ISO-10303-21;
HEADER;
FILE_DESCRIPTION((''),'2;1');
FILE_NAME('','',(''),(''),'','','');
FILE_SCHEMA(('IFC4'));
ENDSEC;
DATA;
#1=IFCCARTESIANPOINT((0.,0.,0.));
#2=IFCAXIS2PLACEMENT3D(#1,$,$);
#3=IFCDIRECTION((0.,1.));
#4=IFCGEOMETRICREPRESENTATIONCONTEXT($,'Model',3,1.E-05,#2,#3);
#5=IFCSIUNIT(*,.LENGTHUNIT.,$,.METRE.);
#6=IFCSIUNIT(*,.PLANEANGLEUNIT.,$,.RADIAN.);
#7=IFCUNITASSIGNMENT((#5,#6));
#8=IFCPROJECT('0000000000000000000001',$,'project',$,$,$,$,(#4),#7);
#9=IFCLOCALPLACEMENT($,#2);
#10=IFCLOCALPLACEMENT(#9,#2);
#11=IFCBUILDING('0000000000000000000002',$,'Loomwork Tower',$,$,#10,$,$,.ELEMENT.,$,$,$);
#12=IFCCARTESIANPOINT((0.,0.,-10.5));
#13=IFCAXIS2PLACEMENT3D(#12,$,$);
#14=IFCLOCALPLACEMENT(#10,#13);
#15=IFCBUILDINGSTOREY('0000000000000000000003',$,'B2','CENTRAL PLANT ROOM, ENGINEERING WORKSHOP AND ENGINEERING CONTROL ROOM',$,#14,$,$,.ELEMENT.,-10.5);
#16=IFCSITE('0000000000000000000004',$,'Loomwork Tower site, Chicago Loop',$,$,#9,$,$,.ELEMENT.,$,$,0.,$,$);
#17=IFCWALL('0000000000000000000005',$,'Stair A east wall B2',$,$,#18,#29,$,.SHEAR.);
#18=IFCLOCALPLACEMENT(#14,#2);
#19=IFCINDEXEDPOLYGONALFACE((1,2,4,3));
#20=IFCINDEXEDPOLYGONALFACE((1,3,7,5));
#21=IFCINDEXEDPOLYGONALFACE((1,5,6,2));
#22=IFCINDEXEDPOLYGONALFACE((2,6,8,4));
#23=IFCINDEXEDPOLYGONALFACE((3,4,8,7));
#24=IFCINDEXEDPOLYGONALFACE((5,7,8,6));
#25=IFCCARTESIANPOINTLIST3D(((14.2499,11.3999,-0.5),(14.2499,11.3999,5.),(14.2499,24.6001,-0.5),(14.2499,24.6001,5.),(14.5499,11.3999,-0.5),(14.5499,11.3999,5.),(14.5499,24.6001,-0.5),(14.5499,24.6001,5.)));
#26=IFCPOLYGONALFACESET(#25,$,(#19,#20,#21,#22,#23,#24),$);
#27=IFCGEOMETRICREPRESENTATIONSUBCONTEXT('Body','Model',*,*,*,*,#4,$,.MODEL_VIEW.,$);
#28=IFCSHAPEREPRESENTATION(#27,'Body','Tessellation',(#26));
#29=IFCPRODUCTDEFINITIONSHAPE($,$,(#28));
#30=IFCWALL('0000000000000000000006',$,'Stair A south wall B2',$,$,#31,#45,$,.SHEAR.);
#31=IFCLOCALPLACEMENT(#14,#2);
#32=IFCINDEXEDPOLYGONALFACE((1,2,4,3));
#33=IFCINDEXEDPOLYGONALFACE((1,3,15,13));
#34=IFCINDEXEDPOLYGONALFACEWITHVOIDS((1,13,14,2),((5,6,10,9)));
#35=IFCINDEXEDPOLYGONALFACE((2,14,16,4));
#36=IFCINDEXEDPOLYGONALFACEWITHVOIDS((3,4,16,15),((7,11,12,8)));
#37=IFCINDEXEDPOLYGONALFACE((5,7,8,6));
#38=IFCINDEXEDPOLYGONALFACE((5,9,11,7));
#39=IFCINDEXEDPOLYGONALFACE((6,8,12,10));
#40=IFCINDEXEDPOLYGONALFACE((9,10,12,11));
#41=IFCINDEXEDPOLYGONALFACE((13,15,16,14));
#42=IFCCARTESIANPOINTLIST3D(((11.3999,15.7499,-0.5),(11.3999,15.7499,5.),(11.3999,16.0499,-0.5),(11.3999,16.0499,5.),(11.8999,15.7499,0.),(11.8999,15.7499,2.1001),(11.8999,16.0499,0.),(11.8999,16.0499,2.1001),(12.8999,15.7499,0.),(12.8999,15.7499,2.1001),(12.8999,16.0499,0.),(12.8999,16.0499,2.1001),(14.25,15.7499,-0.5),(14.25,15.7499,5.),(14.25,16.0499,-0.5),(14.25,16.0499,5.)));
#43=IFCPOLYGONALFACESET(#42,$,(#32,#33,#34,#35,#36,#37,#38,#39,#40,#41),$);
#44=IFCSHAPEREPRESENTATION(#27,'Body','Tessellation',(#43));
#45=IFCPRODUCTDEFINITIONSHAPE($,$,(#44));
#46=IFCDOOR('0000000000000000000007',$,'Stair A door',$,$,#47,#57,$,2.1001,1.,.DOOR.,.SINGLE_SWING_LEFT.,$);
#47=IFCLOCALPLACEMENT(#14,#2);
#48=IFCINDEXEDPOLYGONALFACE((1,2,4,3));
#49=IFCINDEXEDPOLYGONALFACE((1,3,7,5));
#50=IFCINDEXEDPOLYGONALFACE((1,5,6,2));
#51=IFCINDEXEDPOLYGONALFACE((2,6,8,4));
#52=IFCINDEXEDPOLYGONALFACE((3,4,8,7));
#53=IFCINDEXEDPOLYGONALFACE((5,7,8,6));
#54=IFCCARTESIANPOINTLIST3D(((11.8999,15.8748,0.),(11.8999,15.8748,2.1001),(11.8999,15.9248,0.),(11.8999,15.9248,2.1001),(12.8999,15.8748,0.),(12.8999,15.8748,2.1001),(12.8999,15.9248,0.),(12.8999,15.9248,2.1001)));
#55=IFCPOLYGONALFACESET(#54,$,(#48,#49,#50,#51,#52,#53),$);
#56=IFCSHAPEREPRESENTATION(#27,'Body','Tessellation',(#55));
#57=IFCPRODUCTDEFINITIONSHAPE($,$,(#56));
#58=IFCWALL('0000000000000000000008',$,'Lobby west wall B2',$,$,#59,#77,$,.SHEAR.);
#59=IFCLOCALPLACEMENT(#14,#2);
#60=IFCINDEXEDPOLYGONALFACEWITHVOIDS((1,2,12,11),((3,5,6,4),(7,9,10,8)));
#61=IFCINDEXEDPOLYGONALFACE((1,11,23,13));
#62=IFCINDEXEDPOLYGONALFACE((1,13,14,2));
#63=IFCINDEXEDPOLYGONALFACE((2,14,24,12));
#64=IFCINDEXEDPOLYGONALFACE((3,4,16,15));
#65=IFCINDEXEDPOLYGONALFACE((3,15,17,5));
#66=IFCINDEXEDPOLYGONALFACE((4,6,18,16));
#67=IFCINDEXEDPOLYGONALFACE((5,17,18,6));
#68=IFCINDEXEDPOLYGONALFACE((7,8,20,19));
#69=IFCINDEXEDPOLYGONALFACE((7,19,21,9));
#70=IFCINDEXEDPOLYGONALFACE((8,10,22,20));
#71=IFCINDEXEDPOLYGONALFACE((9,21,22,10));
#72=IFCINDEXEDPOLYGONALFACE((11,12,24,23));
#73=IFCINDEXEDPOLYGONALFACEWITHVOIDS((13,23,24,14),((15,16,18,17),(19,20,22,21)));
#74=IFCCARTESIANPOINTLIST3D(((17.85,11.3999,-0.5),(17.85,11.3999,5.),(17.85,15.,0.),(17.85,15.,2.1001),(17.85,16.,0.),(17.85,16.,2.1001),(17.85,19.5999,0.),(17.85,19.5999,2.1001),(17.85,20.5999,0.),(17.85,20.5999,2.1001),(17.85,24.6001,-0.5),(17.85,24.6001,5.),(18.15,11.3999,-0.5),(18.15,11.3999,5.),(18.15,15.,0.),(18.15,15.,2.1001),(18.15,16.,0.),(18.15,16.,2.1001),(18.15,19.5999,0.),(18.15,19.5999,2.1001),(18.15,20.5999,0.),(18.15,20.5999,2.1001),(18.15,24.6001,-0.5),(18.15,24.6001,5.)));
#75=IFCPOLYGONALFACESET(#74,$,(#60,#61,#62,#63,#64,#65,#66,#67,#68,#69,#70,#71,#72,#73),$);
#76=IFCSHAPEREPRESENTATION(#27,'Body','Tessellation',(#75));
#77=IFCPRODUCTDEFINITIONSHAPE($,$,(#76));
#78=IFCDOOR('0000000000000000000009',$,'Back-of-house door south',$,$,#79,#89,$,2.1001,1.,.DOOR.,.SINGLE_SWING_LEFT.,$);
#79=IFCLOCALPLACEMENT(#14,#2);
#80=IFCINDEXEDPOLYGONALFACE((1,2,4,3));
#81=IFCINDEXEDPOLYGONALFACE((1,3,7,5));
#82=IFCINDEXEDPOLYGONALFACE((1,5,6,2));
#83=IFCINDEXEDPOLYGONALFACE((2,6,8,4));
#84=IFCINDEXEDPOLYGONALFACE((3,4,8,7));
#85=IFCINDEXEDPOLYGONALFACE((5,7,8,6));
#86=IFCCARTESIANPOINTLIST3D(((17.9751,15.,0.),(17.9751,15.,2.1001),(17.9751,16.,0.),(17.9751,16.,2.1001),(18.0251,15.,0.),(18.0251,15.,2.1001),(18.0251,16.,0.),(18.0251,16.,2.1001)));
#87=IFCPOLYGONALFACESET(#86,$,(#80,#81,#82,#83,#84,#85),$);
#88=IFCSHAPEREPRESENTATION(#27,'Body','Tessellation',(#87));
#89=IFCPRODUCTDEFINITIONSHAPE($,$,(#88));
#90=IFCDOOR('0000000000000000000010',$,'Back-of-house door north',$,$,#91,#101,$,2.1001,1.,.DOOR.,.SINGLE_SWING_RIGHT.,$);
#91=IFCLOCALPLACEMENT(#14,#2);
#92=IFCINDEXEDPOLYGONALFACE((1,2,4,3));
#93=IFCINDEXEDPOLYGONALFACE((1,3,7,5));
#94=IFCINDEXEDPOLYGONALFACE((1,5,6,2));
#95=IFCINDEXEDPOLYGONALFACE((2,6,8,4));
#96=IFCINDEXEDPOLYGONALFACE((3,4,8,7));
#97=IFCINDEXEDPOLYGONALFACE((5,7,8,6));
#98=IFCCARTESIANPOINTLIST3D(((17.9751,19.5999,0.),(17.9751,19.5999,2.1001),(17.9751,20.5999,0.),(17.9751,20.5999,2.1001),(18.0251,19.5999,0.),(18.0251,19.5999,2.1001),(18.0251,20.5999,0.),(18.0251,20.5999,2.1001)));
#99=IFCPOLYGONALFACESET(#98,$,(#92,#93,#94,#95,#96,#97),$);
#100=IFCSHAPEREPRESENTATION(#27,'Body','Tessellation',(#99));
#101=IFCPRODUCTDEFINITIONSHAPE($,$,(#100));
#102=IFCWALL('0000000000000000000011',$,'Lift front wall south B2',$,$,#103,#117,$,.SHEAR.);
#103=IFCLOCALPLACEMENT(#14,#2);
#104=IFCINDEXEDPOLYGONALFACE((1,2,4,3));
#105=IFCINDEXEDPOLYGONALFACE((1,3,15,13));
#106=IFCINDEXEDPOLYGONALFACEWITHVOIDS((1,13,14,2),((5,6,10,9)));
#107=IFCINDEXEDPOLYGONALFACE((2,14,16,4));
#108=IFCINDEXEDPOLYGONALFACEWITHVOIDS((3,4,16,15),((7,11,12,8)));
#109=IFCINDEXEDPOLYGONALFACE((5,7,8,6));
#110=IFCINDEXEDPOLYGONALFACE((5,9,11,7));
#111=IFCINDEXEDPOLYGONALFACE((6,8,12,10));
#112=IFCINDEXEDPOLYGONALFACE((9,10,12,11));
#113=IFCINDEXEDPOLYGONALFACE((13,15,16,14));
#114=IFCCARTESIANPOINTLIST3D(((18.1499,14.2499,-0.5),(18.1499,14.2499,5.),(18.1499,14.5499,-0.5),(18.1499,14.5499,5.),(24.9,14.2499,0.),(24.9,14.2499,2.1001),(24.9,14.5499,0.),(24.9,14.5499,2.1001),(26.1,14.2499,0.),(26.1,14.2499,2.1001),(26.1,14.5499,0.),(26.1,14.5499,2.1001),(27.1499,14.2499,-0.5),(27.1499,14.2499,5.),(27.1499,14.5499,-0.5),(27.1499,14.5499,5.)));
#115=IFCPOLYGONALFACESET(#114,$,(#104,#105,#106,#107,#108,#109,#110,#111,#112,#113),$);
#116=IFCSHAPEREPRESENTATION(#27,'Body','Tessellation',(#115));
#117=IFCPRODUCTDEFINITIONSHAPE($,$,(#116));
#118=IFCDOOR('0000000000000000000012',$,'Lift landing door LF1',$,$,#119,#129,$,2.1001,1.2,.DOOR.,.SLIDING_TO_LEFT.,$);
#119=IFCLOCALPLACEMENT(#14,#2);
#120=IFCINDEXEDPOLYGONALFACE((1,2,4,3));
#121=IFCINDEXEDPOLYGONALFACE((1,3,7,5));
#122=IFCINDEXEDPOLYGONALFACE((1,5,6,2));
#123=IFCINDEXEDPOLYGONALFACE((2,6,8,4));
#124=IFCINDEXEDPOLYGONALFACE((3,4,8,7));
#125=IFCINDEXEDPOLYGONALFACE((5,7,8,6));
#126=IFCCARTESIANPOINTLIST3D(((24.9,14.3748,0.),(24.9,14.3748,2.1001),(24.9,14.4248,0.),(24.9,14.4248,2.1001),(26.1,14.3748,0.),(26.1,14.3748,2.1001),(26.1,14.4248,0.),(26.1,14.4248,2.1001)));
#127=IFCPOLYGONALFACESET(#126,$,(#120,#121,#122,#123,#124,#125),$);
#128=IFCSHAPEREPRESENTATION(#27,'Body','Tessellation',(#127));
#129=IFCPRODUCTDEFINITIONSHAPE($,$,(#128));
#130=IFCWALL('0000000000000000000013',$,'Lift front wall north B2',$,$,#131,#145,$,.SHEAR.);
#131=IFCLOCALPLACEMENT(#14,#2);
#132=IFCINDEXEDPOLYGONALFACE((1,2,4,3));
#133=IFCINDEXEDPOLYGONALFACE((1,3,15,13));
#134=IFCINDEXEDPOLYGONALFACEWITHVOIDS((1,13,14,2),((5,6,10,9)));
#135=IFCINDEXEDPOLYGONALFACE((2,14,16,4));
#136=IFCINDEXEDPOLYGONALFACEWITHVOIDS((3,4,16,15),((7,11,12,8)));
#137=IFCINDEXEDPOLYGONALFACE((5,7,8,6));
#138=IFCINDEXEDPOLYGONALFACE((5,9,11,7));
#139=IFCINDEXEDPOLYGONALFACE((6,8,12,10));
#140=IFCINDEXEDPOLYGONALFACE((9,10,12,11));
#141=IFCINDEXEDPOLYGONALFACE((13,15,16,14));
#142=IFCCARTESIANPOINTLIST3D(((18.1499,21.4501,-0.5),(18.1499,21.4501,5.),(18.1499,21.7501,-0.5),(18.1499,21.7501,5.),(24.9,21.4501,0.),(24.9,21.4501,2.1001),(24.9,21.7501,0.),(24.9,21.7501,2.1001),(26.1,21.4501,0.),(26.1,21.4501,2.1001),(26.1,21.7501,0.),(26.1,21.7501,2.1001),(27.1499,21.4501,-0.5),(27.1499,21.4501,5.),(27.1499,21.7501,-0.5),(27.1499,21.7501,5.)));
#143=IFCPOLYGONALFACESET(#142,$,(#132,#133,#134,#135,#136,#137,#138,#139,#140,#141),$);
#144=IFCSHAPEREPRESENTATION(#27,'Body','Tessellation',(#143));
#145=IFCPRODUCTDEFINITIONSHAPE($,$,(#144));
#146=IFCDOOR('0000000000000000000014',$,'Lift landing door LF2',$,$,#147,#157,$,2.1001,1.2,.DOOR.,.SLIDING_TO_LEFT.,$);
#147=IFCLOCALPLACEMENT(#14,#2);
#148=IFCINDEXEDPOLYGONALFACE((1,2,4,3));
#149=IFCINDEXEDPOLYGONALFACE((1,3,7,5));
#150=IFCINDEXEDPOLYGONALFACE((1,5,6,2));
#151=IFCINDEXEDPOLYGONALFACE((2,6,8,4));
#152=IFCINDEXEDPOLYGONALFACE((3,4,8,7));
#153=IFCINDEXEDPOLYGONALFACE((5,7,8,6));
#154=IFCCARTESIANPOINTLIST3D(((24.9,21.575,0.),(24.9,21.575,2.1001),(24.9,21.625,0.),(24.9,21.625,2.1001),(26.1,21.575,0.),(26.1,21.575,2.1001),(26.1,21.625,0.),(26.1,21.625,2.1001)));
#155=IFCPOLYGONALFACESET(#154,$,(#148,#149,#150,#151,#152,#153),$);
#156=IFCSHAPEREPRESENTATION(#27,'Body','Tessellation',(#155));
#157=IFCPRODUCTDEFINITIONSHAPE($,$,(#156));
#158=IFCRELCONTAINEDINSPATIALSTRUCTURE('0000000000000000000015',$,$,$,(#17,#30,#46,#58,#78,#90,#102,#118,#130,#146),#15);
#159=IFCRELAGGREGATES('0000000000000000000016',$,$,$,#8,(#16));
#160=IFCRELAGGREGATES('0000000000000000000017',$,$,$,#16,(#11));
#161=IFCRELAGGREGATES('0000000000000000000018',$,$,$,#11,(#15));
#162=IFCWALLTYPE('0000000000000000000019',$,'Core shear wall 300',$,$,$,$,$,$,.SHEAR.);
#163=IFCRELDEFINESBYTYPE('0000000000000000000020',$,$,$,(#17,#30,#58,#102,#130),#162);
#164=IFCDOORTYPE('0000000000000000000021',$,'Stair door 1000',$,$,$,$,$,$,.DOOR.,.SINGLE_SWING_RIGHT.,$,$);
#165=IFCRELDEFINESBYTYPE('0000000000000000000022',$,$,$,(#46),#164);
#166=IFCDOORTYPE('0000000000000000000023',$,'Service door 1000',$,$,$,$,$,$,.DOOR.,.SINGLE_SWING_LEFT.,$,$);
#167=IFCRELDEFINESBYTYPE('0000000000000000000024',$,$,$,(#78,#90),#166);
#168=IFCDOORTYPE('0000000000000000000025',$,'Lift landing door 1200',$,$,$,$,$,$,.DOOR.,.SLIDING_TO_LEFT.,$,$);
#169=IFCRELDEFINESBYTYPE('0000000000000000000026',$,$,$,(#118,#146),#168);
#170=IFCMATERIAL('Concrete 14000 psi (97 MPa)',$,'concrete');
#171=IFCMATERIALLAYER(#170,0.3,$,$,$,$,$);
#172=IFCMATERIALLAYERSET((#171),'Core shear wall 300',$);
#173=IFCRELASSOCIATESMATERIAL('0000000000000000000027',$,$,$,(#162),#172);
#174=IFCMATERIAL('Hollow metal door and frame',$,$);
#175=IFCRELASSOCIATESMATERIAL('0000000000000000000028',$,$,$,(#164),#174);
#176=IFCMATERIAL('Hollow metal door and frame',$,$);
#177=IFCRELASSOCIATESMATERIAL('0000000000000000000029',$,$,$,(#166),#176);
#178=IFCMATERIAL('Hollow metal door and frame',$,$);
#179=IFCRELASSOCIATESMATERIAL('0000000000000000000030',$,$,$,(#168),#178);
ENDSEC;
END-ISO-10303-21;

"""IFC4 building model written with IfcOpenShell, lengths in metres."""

from ifc_helpers import new_model, si_unit, direction, frame, frame_2d, origin, place, context, subcontext, project, spatial, rectangle, extrude, material, layer, layer_set, type_object, element, fill, save


model = new_model("IFC4")

# Units and contexts
model_context = context("Model", 3, precision=1e-05, world=origin(), true_north=direction((0.0, 1.0)))
body_context = subcontext(model_context, "Body", "Model", "MODEL_VIEW")
ifc_project = project(units=[si_unit("LENGTHUNIT", "METRE"), si_unit("PLANEANGLEUNIT", "RADIAN")], contexts=[model_context])

# Site, building, storey
site_placement = place(None, origin())
site = spatial("IfcSite", under=ifc_project, at=site_placement, Name="Loomwork Tower site, Chicago Loop", CompositionType="ELEMENT", RefElevation=0.0)
building_placement = place(site_placement, origin())
building = spatial("IfcBuilding", under=site, at=building_placement, Name="Loomwork Tower", CompositionType="ELEMENT")
storey_placement = place(building_placement, frame((0.0, 0.0, -10.5)))
storey = spatial("IfcBuildingStorey", under=building, at=storey_placement, Name="B2", Description="CENTRAL PLANT ROOM, ENGINEERING WORKSHOP AND ENGINEERING CONTROL ROOM", CompositionType="ELEMENT", Elevation=-10.5)

# Wall
ifc_material_1 = material(Name="Concrete 14000 psi (97 MPa)", Category="concrete")
ifc_layer_1 = layer(ifc_material_1, 0.3)
ifc_layer_set_1 = layer_set([ifc_layer_1], Name="Core shear wall 300")
wall_type_1 = type_object("IfcWallType", Name="Core shear wall 300", PredefinedType="SHEAR", material=ifc_layer_set_1)
wall_1_placement = place(storey_placement, frame((14.3999, 11.3999, -0.5), z_axis=(0.0, 0.0, 1.0), x_axis=(0.0, 1.0, 0.0)))
element("IfcWall", 1, at=wall_1_placement, inside=storey, type_object=wall_type_1, Name="Stair A east wall B2", PredefinedType="SHEAR", context=body_context, shape_type="SweptSolid", body=[
    extrude(rectangle(XDim=13.2002, YDim=0.3, at=frame_2d((6.6001, 0.0))), origin(), (0.0, 0.0, 1.0), 5.5),
])

# Wall, opening, door
wall_2_placement = place(storey_placement, frame((11.3999, 15.8999, -0.5), z_axis=(0.0, 0.0, 1.0), x_axis=(1.0, 0.0, 0.0)))
wall_2 = element("IfcWall", 2, at=wall_2_placement, inside=storey, type_object=wall_type_1, Name="Stair A south wall B2", PredefinedType="SHEAR", context=body_context, shape_type="SweptSolid", body=[
    extrude(rectangle(XDim=2.8501, YDim=0.3, at=frame_2d((1.425, 0.0))), origin(), (0.0, 0.0, 1.0), 5.5),
])
opening_1_placement = place(wall_2_placement, frame((0.5, 0.0, 0.5)))
opening_1 = element("IfcOpeningElement", 3, at=opening_1_placement, cuts=wall_2, PredefinedType="OPENING", context=body_context, shape_type="SweptSolid", body=[
    extrude(rectangle(XDim=1.0, YDim=2.1001, at=frame_2d((0.5, 1.05))), frame((0.0, 0.1599, 0.0), z_axis=(0.0, -1.0, 0.0), x_axis=(1.0, 0.0, 0.0)), (0.0, 0.0, 1.0), 0.3201),
])
ifc_material_2 = material(Name="Hollow metal door and frame")
door_type_1 = type_object("IfcDoorType", Name="Stair door 1000", OperationType="SINGLE_SWING_RIGHT", PredefinedType="DOOR", material=ifc_material_2)
door_1_placement = place(opening_1_placement, origin())
door_1 = element("IfcDoor", 4, at=door_1_placement, inside=storey, type_object=door_type_1, Name="Stair A door", OperationType="SINGLE_SWING_LEFT", OverallHeight=2.1001, OverallWidth=1.0, PredefinedType="DOOR", context=body_context, shape_type="SweptSolid", body=[
    extrude(rectangle(XDim=1.0, YDim=2.1001, at=frame_2d((0.5, 1.05))), frame((0.0, 0.0249, 0.0), z_axis=(0.0, -1.0, 0.0), x_axis=(1.0, 0.0, 0.0)), (0.0, 0.0, 1.0), 0.05),
])
fill(opening_1, door_1)

# Wall, openings, doors
wall_3_placement = place(storey_placement, frame((18.0, 11.3999, -0.5), z_axis=(0.0, 0.0, 1.0), x_axis=(0.0, 1.0, 0.0)))
wall_3 = element("IfcWall", 5, at=wall_3_placement, inside=storey, type_object=wall_type_1, Name="Lobby west wall B2", PredefinedType="SHEAR", context=body_context, shape_type="SweptSolid", body=[
    extrude(rectangle(XDim=13.2002, YDim=0.3, at=frame_2d((6.6001, 0.0))), origin(), (0.0, 0.0, 1.0), 5.5),
])
opening_2_placement = place(wall_3_placement, frame((3.6001, 0.0, 0.5)))
opening_2 = element("IfcOpeningElement", 6, at=opening_2_placement, cuts=wall_3, PredefinedType="OPENING", context=body_context, shape_type="SweptSolid", body=[
    extrude(rectangle(XDim=1.0, YDim=2.1001, at=frame_2d((0.5, 1.05))), frame((0.0, 0.1599, 0.0), z_axis=(0.0, -1.0, 0.0), x_axis=(1.0, 0.0, 0.0)), (0.0, 0.0, 1.0), 0.3201),
])
opening_3_placement = place(wall_3_placement, frame((8.2, 0.0, 0.5)))
opening_3 = element("IfcOpeningElement", 7, at=opening_3_placement, cuts=wall_3, PredefinedType="OPENING", context=body_context, shape_type="SweptSolid", body=[
    extrude(rectangle(XDim=1.0, YDim=2.1001, at=frame_2d((0.5, 1.05))), frame((0.0, 0.1599, 0.0), z_axis=(0.0, -1.0, 0.0), x_axis=(1.0, 0.0, 0.0)), (0.0, 0.0, 1.0), 0.3201),
])
ifc_material_3 = material(Name="Hollow metal door and frame")
door_type_2 = type_object("IfcDoorType", Name="Service door 1000", OperationType="SINGLE_SWING_LEFT", PredefinedType="DOOR", material=ifc_material_3)
door_2_placement = place(opening_2_placement, origin())
door_2 = element("IfcDoor", 8, at=door_2_placement, inside=storey, type_object=door_type_2, Name="Back-of-house door south", OperationType="SINGLE_SWING_LEFT", OverallHeight=2.1001, OverallWidth=1.0, PredefinedType="DOOR", context=body_context, shape_type="SweptSolid", body=[
    extrude(rectangle(XDim=1.0, YDim=2.1001, at=frame_2d((0.5, 1.05))), frame((0.0, 0.0249, 0.0), z_axis=(0.0, -1.0, 0.0), x_axis=(1.0, 0.0, 0.0)), (0.0, 0.0, 1.0), 0.05),
])
fill(opening_2, door_2)
door_3_placement = place(opening_3_placement, origin())
door_3 = element("IfcDoor", 9, at=door_3_placement, inside=storey, type_object=door_type_2, Name="Back-of-house door north", OperationType="SINGLE_SWING_RIGHT", OverallHeight=2.1001, OverallWidth=1.0, PredefinedType="DOOR", context=body_context, shape_type="SweptSolid", body=[
    extrude(rectangle(XDim=1.0, YDim=2.1001, at=frame_2d((0.5, 1.05))), frame((0.0, 0.0249, 0.0), z_axis=(0.0, -1.0, 0.0), x_axis=(1.0, 0.0, 0.0)), (0.0, 0.0, 1.0), 0.05),
])
fill(opening_3, door_3)

# Walls, openings, doors
wall_4_placement = place(storey_placement, frame((18.1499, 14.3999, -0.5), z_axis=(0.0, 0.0, 1.0), x_axis=(1.0, 0.0, 0.0)))
wall_4 = element("IfcWall", 10, at=wall_4_placement, inside=storey, type_object=wall_type_1, Name="Lift front wall south B2", PredefinedType="SHEAR", context=body_context, shape_type="SweptSolid", body=[
    extrude(rectangle(XDim=9.0, YDim=0.3, at=frame_2d((4.5, 0.0))), origin(), (0.0, 0.0, 1.0), 5.5),
])
opening_4_placement = place(wall_4_placement, frame((6.75, 0.0, 0.5)))
opening_4 = element("IfcOpeningElement", 11, at=opening_4_placement, cuts=wall_4, PredefinedType="OPENING", context=body_context, shape_type="SweptSolid", body=[
    extrude(rectangle(XDim=1.2, YDim=2.1001, at=frame_2d((0.6001, 1.05))), frame((0.0, 0.1599, 0.0), z_axis=(0.0, -1.0, 0.0), x_axis=(1.0, 0.0, 0.0)), (0.0, 0.0, 1.0), 0.3201),
])
ifc_material_4 = material(Name="Hollow metal door and frame")
door_type_3 = type_object("IfcDoorType", Name="Lift landing door 1200", OperationType="SLIDING_TO_LEFT", PredefinedType="DOOR", material=ifc_material_4)
door_4_placement = place(opening_4_placement, origin())
door_4 = element("IfcDoor", 12, at=door_4_placement, inside=storey, type_object=door_type_3, Name="Lift landing door LF1", OperationType="SLIDING_TO_LEFT", OverallHeight=2.1001, OverallWidth=1.2, PredefinedType="DOOR", context=body_context, shape_type="SweptSolid", body=[
    extrude(rectangle(XDim=1.2, YDim=2.1001, at=frame_2d((0.6001, 1.05))), frame((0.0, 0.0249, 0.0), z_axis=(0.0, -1.0, 0.0), x_axis=(1.0, 0.0, 0.0)), (0.0, 0.0, 1.0), 0.05),
])
fill(opening_4, door_4)
wall_5_placement = place(storey_placement, frame((18.1499, 21.6001, -0.5), z_axis=(0.0, 0.0, 1.0), x_axis=(1.0, 0.0, 0.0)))
wall_5 = element("IfcWall", 13, at=wall_5_placement, inside=storey, type_object=wall_type_1, Name="Lift front wall north B2", PredefinedType="SHEAR", context=body_context, shape_type="SweptSolid", body=[
    extrude(rectangle(XDim=9.0, YDim=0.3, at=frame_2d((4.5, 0.0))), origin(), (0.0, 0.0, 1.0), 5.5),
])
opening_5_placement = place(wall_5_placement, frame((6.75, 0.0, 0.5)))
opening_5 = element("IfcOpeningElement", 14, at=opening_5_placement, cuts=wall_5, PredefinedType="OPENING", context=body_context, shape_type="SweptSolid", body=[
    extrude(rectangle(XDim=1.2, YDim=2.1001, at=frame_2d((0.6001, 1.05))), frame((0.0, 0.1599, 0.0), z_axis=(0.0, -1.0, 0.0), x_axis=(1.0, 0.0, 0.0)), (0.0, 0.0, 1.0), 0.3201),
])
door_5_placement = place(opening_5_placement, origin())
door_5 = element("IfcDoor", 15, at=door_5_placement, inside=storey, type_object=door_type_3, Name="Lift landing door LF2", OperationType="SLIDING_TO_LEFT", OverallHeight=2.1001, OverallWidth=1.2, PredefinedType="DOOR", context=body_context, shape_type="SweptSolid", body=[
    extrude(rectangle(XDim=1.2, YDim=2.1001, at=frame_2d((0.6001, 1.05))), frame((0.0, 0.0249, 0.0), z_axis=(0.0, -1.0, 0.0), x_axis=(1.0, 0.0, 0.0)), (0.0, 0.0, 1.0), 0.05),
])
fill(opening_5, door_5)

save(model, "model.ifc")
